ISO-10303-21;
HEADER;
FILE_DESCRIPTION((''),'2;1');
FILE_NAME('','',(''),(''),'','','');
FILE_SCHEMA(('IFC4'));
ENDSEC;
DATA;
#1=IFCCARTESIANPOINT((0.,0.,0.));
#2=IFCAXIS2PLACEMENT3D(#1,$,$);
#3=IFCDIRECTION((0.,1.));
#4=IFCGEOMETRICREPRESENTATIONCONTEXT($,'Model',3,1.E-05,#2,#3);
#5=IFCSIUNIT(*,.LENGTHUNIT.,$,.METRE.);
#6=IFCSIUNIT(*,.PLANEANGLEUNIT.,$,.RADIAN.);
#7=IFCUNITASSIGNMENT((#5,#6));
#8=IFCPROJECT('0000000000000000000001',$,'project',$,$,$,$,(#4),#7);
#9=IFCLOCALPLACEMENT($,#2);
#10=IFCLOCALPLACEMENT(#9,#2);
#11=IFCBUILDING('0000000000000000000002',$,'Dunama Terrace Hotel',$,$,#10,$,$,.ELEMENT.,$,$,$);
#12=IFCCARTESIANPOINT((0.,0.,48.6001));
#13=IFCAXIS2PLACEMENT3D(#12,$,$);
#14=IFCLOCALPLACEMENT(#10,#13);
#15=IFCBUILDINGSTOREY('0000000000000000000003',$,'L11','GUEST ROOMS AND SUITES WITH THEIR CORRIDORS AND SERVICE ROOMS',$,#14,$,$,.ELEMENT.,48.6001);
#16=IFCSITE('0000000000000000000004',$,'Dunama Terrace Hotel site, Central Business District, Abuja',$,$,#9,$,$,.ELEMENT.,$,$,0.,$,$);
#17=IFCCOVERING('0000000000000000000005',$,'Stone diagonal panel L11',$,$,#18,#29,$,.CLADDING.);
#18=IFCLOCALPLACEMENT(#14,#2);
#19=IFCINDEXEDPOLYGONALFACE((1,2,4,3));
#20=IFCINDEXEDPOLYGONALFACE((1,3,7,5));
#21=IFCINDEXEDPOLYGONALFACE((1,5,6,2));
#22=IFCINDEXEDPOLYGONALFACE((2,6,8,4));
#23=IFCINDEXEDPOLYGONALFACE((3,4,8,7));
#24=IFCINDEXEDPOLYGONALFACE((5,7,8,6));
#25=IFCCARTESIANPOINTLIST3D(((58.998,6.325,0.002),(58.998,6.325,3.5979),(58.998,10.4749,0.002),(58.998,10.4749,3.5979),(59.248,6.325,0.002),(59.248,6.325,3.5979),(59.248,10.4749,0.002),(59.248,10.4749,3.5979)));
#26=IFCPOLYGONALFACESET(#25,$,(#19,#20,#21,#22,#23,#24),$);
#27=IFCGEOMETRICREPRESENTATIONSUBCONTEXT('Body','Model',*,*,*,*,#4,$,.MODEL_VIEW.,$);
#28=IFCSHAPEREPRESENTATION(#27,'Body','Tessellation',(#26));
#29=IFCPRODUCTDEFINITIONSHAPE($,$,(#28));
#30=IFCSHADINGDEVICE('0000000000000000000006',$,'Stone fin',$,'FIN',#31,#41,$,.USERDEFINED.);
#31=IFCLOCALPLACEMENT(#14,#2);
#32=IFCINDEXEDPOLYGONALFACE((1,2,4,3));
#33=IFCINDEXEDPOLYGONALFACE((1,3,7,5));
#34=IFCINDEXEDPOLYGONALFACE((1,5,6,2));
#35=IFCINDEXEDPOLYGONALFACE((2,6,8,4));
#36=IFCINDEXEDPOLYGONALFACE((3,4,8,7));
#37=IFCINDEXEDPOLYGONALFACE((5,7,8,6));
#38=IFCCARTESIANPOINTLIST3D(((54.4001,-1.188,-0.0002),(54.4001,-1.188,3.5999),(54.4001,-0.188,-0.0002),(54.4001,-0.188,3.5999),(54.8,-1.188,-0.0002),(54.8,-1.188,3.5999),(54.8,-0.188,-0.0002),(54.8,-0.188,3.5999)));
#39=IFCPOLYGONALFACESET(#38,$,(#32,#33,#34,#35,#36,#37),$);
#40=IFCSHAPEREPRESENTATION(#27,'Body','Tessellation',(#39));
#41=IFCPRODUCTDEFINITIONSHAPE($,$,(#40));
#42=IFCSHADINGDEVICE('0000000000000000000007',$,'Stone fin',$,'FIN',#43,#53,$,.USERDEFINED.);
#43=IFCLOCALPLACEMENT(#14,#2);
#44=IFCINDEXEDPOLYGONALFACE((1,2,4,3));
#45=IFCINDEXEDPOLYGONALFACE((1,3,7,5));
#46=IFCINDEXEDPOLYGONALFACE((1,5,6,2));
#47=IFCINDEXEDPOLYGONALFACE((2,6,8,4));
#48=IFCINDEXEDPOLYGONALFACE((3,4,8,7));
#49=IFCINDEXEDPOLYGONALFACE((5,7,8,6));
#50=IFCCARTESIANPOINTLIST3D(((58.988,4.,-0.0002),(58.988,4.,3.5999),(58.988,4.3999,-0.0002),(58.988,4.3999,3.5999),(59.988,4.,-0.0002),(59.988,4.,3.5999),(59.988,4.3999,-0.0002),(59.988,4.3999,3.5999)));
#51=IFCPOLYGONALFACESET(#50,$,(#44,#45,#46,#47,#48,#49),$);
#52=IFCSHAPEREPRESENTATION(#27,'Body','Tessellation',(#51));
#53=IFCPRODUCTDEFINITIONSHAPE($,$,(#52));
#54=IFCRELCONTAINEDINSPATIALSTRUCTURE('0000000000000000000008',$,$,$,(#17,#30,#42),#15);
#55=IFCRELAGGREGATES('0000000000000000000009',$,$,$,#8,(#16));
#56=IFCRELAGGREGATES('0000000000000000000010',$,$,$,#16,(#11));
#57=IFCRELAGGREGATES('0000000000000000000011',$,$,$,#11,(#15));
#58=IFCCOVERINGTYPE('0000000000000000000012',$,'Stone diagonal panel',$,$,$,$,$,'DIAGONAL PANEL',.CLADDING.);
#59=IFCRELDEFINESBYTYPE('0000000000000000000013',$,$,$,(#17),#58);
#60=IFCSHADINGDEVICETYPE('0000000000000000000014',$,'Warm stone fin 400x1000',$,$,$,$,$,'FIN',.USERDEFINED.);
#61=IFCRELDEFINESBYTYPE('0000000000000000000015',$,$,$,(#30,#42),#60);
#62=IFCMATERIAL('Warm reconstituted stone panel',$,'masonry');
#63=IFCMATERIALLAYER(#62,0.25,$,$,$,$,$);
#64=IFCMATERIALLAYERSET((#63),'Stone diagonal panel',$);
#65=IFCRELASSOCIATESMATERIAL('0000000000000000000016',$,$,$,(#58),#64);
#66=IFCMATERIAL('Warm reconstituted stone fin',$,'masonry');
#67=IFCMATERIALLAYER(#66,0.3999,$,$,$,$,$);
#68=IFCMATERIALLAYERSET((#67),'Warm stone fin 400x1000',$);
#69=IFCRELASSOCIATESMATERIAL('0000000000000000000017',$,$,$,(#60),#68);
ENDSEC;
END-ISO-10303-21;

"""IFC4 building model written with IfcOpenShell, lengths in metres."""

from ifc_helpers import new_model, si_unit, direction, frame, origin, origin_2d, place, context, subcontext, project, spatial, rectangle, extrude, material, layer, layer_set, type_object, element, save


model = new_model("IFC4")

# Units and contexts
model_context = context("Model", 3, precision=1e-05, world=origin(), true_north=direction((0.0, 1.0)))
body_context = subcontext(model_context, "Body", "Model", "MODEL_VIEW")
ifc_project = project(units=[si_unit("LENGTHUNIT", "METRE"), si_unit("PLANEANGLEUNIT", "RADIAN")], contexts=[model_context])

# Site, building, storey
site_placement = place(None, origin())
site = spatial("IfcSite", under=ifc_project, at=site_placement, Name="Dunama Terrace Hotel site, Central Business District, Abuja", CompositionType="ELEMENT", RefElevation=0.0)
building_placement = place(site_placement, origin())
building = spatial("IfcBuilding", under=site, at=building_placement, Name="Dunama Terrace Hotel", CompositionType="ELEMENT")
storey_placement = place(building_placement, frame((0.0, 0.0, 48.6001)))
storey = spatial("IfcBuildingStorey", under=building, at=storey_placement, Name="L11", Description="GUEST ROOMS AND SUITES WITH THEIR CORRIDORS AND SERVICE ROOMS", CompositionType="ELEMENT", Elevation=48.6001)

# Covering
ifc_material_1 = material(Name="Warm reconstituted stone panel", Category="masonry")
ifc_layer_1 = layer(ifc_material_1, 0.25)
ifc_layer_set_1 = layer_set([ifc_layer_1], Name="Stone diagonal panel")
covering_type = type_object("IfcCoveringType", Name="Stone diagonal panel", ElementType="DIAGONAL PANEL", PredefinedType="CLADDING", material=ifc_layer_set_1)
covering_1_placement = place(storey_placement, frame((59.123, 8.3999, 0.002), z_axis=(0.0, 0.0, 1.0), x_axis=(0.0, 1.0, 0.0)))
element("IfcCovering", 1, at=covering_1_placement, inside=storey, type_object=covering_type, Name="Stone diagonal panel L11", PredefinedType="CLADDING", context=body_context, shape_type="SweptSolid", body=[
    extrude(rectangle(XDim=4.1499, YDim=0.25, at=origin_2d()), origin(), (0.0, 0.0, 1.0), 3.5959),
])

# Shading devices
ifc_material_2 = material(Name="Warm reconstituted stone fin", Category="masonry")
ifc_layer_2 = layer(ifc_material_2, 0.3999)
ifc_layer_set_2 = layer_set([ifc_layer_2], Name="Warm stone fin 400x1000")
shading_device_type = type_object("IfcShadingDeviceType", Name="Warm stone fin 400x1000", ElementType="FIN", PredefinedType="USERDEFINED", material=ifc_layer_set_2)
for number, where, z_axis, x_axis, name in (
    (2, (54.6001, -0.688, -0.0002), (0.0, 0.0, 1.0), (1.0, 0.0, 0.0), "Stone fin"),
    (3, (59.488, 4.2, -0.0002), (0.0, 0.0, 1.0), (0.0, 1.0, 0.0), "Stone fin"),
):
    element("IfcShadingDevice", number, at=place(storey_placement, frame(where, z_axis=z_axis, x_axis=x_axis)), inside=storey, type_object=shading_device_type, Name=name, ObjectType="FIN", PredefinedType="USERDEFINED", context=body_context, shape_type="SweptSolid", body=[
        extrude(rectangle(XDim=0.3999, YDim=1.0, at=origin_2d()), origin(), (0.0, 0.0, 1.0), 3.6001),
    ])

save(model, "model.ifc")
